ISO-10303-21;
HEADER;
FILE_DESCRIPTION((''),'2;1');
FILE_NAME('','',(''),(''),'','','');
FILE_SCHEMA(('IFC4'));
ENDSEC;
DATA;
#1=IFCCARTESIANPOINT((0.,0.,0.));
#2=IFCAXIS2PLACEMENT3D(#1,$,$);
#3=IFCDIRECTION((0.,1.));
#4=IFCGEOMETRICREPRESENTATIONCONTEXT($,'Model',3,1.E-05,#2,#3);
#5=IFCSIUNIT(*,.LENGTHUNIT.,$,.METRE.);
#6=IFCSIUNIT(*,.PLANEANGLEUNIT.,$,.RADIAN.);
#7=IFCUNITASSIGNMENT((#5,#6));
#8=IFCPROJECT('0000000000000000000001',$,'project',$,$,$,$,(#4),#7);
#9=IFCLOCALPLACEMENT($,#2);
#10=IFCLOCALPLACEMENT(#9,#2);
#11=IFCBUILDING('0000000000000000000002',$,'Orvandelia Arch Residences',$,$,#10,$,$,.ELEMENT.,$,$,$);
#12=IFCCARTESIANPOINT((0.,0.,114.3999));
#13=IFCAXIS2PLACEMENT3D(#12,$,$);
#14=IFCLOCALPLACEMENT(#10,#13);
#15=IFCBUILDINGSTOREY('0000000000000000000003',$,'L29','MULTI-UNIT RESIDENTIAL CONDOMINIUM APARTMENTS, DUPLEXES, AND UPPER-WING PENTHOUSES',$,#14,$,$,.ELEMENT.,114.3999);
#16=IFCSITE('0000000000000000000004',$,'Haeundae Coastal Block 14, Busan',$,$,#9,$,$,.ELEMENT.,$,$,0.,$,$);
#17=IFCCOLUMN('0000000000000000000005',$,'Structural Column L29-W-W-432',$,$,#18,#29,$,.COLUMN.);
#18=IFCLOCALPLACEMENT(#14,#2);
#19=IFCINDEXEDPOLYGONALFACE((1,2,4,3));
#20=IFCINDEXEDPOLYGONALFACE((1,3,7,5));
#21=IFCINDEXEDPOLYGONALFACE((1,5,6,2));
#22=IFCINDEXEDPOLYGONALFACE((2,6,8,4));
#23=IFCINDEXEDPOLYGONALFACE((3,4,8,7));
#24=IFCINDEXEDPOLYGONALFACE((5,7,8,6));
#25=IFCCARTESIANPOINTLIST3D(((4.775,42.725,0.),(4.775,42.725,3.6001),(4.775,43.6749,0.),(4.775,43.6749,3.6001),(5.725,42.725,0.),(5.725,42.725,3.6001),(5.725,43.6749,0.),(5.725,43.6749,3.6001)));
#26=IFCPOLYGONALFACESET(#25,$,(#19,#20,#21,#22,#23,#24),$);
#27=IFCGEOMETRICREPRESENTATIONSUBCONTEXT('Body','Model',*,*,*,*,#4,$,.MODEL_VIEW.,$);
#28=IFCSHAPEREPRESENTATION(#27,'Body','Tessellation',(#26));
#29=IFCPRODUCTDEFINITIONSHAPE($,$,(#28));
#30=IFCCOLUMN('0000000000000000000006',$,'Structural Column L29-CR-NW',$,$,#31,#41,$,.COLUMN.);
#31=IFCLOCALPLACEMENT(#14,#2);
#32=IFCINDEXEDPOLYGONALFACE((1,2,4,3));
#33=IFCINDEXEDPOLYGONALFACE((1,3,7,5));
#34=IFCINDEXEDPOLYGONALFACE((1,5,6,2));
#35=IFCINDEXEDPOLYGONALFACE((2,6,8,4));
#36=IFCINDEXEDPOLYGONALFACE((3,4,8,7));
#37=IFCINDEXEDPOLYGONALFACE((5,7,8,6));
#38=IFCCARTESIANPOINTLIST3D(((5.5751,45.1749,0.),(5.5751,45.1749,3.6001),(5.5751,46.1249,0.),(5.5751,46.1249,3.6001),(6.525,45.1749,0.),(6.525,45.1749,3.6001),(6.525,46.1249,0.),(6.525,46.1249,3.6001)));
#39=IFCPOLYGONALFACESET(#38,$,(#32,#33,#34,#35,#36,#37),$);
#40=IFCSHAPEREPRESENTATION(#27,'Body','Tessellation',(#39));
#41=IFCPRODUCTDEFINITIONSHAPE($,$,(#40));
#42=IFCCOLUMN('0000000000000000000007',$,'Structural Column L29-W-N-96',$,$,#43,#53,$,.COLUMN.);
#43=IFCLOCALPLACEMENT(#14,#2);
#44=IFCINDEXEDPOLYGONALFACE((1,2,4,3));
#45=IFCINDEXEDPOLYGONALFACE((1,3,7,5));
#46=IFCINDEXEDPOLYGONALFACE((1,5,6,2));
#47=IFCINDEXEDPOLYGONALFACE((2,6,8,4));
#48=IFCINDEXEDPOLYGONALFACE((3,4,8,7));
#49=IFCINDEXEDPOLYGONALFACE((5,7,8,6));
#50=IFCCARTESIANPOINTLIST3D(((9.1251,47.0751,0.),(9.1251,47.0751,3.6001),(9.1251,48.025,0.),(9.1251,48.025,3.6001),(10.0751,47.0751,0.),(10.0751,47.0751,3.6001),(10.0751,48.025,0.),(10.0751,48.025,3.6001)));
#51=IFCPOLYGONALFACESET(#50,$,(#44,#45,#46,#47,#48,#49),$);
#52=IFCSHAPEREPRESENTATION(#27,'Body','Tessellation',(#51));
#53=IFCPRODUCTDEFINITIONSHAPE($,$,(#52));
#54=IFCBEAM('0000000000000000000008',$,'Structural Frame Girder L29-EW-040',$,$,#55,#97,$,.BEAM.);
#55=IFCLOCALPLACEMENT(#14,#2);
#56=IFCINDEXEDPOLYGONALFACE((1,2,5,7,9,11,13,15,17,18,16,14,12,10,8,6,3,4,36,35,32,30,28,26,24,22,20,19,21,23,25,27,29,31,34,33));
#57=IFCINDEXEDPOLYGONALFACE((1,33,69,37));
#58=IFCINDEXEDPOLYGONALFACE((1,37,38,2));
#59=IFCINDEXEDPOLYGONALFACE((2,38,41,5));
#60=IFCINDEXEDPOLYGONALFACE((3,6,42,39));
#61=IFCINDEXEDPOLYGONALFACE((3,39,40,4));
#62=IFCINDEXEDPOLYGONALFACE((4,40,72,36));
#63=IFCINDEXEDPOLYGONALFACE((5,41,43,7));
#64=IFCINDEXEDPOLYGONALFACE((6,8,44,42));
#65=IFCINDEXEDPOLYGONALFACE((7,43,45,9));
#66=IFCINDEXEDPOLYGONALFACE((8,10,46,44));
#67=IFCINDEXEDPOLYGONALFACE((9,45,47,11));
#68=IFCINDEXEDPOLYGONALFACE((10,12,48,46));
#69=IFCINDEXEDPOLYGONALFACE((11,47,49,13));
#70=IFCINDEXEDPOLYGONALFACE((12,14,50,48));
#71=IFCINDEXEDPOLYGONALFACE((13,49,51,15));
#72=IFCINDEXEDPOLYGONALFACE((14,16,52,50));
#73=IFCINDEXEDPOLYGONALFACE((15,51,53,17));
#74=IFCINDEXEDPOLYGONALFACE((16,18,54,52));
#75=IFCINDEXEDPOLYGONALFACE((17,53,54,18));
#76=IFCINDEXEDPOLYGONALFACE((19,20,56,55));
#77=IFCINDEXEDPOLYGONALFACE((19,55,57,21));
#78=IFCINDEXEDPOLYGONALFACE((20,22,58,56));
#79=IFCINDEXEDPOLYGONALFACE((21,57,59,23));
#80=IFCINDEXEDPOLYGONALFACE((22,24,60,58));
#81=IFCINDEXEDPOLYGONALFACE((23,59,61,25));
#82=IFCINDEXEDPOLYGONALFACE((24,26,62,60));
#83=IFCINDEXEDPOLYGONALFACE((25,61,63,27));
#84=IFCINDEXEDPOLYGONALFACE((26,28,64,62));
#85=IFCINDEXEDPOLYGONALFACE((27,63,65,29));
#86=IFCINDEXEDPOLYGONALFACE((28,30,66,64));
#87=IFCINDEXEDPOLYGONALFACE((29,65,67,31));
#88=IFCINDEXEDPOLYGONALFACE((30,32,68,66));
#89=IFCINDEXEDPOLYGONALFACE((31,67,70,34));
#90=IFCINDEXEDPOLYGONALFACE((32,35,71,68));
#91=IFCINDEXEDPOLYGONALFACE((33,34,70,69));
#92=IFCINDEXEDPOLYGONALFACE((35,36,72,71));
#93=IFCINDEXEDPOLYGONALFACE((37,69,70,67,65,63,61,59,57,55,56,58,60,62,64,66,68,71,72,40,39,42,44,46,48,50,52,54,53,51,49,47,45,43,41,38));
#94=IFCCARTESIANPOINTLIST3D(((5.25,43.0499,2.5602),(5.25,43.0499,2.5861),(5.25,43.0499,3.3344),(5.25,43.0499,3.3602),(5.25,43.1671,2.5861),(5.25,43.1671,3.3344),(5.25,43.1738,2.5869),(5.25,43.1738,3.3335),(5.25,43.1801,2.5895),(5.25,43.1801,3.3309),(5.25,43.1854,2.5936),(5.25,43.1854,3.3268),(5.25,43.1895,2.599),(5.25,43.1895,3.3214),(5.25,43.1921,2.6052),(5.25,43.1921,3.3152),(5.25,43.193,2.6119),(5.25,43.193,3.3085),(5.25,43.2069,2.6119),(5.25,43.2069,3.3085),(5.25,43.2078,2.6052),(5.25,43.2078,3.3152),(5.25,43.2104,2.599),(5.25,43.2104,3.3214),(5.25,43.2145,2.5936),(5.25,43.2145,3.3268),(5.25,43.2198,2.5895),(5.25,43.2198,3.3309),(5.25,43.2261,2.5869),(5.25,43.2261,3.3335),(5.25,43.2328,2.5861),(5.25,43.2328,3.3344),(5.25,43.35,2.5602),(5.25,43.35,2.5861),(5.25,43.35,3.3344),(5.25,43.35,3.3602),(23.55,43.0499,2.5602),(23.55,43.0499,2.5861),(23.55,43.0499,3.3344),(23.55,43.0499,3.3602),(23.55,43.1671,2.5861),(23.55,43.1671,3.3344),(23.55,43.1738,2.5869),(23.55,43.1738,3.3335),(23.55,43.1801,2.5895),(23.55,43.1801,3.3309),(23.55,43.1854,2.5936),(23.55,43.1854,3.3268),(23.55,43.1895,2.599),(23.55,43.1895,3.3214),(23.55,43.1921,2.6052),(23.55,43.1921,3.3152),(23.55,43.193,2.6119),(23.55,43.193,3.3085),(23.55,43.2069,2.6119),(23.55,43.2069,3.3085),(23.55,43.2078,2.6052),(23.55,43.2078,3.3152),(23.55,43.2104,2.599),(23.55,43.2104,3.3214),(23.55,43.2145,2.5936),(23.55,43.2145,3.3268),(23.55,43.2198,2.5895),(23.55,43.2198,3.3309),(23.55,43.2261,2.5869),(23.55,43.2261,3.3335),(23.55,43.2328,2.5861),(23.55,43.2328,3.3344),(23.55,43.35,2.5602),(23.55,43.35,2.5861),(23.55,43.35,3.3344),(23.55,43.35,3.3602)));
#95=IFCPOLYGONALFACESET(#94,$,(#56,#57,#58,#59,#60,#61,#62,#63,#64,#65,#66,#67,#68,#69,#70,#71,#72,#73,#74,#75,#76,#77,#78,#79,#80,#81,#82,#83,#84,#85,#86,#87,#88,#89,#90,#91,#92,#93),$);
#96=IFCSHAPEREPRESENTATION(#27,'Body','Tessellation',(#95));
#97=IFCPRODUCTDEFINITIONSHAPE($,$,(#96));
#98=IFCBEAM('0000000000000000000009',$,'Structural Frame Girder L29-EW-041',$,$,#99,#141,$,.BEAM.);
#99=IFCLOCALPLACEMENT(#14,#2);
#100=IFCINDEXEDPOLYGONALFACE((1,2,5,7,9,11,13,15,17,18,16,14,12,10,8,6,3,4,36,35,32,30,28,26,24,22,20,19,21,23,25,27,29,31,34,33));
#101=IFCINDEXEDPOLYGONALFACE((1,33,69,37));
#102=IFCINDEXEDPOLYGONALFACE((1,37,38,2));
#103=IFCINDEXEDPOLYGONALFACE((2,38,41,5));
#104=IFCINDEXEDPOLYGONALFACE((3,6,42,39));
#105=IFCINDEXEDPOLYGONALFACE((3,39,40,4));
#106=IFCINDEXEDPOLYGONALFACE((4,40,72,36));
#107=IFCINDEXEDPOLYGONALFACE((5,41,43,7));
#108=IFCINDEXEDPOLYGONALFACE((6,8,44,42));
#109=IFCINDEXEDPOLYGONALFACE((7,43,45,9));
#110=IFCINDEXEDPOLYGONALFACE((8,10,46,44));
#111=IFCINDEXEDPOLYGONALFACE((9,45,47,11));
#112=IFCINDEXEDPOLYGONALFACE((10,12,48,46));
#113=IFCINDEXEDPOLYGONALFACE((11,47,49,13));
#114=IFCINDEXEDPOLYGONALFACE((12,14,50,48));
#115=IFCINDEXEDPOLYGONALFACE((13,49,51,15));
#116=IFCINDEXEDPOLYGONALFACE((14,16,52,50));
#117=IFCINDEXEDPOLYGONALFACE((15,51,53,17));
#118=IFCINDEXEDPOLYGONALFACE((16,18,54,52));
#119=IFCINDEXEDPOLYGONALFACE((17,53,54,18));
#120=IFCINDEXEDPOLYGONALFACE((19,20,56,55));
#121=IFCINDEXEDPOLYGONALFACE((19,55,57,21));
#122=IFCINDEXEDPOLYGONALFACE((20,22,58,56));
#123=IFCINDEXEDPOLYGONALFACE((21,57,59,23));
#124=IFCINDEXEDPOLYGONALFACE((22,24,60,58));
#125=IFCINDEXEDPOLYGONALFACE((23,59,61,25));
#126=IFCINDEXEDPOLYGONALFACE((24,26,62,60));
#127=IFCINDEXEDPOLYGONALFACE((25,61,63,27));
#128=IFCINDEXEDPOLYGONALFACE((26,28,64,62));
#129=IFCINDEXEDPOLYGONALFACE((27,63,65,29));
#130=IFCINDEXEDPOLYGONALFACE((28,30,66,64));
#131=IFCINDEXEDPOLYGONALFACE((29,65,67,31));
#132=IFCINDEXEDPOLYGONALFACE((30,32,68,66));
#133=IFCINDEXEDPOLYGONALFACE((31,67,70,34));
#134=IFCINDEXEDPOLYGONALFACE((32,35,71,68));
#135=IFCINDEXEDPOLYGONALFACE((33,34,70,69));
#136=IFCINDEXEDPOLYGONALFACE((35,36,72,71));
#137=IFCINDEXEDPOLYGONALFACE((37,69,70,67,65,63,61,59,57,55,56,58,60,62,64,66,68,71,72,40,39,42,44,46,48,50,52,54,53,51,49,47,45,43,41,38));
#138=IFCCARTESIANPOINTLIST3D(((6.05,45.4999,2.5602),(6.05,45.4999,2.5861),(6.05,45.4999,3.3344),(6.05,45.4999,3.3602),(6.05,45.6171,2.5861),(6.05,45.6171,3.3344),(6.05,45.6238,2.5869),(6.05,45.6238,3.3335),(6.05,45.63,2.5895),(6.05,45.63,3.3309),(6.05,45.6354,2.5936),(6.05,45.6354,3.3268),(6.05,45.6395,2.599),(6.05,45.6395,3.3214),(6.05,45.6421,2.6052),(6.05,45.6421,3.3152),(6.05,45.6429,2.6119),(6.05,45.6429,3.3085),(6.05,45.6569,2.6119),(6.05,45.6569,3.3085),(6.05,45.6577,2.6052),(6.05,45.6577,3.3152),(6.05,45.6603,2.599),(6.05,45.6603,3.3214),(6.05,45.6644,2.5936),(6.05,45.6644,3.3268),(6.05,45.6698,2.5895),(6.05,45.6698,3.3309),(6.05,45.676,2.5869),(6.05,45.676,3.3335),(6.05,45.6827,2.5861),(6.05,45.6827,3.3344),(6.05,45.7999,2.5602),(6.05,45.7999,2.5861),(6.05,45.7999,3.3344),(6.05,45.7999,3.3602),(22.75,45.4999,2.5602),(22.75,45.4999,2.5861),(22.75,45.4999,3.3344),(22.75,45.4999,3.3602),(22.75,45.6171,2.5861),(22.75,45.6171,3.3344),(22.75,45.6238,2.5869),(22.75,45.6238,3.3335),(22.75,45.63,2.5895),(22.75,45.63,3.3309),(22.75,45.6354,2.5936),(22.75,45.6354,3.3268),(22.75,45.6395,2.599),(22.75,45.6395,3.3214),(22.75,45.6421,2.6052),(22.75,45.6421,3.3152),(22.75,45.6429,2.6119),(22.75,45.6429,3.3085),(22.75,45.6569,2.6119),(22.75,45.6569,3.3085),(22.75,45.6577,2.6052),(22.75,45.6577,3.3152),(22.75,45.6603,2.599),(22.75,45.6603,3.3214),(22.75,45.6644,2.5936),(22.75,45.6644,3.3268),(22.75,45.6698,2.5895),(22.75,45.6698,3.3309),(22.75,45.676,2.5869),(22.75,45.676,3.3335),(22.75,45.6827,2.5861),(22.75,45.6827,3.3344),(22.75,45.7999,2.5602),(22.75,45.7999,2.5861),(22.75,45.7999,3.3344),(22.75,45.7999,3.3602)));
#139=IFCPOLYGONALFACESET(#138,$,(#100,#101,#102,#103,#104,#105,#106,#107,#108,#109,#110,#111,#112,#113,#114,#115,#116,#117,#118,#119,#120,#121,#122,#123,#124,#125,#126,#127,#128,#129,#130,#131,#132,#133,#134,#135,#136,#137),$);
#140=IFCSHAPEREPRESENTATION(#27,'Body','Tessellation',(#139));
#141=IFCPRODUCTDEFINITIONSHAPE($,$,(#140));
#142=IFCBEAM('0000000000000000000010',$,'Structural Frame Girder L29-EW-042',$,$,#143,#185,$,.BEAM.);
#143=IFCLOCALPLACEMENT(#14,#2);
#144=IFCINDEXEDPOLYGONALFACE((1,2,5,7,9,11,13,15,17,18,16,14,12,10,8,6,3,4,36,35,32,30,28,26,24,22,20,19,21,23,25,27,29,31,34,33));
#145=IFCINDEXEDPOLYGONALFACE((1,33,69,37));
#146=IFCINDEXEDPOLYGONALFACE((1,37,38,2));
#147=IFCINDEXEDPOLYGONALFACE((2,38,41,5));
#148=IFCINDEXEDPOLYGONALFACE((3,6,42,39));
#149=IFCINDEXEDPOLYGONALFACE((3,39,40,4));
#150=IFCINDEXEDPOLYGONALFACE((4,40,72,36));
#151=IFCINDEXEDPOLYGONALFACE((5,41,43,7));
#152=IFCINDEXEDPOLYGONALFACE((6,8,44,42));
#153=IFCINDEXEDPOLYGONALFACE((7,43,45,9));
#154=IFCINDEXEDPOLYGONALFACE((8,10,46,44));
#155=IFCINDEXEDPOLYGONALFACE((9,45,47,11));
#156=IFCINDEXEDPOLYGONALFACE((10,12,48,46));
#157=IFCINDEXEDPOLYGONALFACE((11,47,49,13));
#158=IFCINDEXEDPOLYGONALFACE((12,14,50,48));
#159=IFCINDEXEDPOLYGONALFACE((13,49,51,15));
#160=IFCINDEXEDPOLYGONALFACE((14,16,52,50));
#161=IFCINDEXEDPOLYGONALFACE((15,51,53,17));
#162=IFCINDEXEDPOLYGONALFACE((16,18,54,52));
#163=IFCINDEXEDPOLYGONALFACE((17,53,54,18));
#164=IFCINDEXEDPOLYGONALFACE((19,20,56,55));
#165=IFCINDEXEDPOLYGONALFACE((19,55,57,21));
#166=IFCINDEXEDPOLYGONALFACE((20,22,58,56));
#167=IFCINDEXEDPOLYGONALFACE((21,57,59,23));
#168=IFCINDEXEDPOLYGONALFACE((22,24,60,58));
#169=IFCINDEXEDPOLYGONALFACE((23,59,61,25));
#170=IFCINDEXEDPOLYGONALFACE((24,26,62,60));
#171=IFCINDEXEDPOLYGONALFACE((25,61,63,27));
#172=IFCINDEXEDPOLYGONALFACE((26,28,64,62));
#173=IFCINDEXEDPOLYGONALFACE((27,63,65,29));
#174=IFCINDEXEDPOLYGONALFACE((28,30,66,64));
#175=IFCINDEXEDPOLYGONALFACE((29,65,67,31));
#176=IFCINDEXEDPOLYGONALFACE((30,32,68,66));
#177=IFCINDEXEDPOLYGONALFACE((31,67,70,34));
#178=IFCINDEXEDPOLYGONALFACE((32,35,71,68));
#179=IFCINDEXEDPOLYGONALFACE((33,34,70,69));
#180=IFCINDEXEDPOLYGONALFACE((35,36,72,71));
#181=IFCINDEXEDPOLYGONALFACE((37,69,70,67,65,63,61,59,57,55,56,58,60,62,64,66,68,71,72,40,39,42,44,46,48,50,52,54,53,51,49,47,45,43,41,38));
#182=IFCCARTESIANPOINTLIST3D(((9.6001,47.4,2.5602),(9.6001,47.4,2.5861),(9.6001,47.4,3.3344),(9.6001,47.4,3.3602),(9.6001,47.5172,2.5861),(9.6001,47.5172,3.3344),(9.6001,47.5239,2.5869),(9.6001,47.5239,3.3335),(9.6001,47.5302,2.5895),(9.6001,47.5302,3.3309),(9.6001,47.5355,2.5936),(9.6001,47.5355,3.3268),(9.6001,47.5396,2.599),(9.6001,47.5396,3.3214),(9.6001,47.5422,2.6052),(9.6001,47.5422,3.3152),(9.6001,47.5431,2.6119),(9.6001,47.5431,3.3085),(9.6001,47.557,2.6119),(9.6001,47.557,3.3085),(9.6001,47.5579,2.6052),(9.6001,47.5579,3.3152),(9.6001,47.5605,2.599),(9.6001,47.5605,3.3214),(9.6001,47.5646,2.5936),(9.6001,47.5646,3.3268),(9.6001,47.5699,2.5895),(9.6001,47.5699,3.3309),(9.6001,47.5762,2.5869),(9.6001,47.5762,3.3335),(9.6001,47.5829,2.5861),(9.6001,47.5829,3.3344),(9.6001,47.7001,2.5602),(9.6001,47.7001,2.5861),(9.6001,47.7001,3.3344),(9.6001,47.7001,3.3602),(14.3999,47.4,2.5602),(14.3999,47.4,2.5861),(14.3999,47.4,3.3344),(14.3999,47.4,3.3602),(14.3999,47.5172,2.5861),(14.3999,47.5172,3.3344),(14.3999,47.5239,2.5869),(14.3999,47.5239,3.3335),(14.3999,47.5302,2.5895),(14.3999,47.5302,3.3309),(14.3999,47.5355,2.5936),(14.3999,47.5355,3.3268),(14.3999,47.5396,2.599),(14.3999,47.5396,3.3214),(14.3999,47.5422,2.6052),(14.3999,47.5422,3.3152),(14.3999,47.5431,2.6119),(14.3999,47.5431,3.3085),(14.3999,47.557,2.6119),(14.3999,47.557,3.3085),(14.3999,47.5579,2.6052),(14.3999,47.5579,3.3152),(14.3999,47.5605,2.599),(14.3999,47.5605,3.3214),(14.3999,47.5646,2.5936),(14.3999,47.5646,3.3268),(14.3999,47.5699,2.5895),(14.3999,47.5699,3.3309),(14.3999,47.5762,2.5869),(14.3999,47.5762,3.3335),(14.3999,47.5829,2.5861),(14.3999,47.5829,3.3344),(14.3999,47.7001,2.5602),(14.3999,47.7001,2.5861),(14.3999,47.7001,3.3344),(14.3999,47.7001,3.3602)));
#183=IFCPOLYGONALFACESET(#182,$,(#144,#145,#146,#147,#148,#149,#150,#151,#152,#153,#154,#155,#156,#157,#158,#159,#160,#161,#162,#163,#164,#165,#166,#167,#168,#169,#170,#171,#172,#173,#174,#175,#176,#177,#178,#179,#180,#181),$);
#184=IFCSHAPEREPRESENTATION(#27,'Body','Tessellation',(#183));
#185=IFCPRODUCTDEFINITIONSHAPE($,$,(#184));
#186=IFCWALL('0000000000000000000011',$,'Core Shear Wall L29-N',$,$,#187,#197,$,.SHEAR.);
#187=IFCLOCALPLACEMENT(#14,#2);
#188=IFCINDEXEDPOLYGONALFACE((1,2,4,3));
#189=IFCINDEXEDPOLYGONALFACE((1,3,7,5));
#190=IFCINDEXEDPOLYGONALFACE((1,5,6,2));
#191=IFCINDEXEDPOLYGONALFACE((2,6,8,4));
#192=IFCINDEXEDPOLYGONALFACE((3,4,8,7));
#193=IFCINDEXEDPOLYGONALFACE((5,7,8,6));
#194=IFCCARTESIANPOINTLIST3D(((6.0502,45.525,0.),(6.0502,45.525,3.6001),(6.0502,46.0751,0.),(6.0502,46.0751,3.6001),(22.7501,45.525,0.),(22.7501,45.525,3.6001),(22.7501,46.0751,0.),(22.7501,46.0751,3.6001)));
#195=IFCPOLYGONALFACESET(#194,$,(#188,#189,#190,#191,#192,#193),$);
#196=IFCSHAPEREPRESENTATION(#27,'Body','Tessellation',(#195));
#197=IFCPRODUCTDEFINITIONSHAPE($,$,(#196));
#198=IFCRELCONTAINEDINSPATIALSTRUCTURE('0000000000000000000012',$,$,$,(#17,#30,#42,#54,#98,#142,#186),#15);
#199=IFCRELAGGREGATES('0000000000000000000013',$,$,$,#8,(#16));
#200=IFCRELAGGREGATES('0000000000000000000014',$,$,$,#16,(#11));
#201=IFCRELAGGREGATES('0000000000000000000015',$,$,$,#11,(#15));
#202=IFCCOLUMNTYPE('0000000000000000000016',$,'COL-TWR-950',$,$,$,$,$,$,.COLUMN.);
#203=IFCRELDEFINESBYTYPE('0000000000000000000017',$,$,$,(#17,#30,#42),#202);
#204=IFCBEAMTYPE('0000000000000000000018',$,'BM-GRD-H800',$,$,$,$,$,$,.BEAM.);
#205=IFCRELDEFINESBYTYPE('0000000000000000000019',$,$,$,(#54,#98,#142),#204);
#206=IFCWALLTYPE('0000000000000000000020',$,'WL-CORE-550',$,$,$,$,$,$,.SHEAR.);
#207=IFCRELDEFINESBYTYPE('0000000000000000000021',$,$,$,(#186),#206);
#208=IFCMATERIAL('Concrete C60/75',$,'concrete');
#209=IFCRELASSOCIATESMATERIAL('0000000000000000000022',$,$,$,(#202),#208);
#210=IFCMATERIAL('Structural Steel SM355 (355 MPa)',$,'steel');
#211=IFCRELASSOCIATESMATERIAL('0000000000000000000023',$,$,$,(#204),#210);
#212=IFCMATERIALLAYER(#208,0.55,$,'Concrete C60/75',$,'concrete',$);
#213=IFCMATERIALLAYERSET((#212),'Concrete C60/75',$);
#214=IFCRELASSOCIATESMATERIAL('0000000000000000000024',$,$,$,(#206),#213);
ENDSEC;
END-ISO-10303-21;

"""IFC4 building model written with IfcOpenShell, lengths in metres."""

from ifc_helpers import new_model, si_unit, direction, frame, frame_2d, origin, origin_2d, place, context, subcontext, project, spatial, rectangle, i_section, extrude, material, layer, layer_set, material_profile, profile_set, type_object, element, save


model = new_model("IFC4")

# Units and contexts
model_context = context("Model", 3, precision=1e-05, world=origin(), true_north=direction((0.0, 1.0)))
body_context = subcontext(model_context, "Body", "Model", "MODEL_VIEW")
ifc_project = project(units=[si_unit("LENGTHUNIT", "METRE"), si_unit("PLANEANGLEUNIT", "RADIAN")], contexts=[model_context])

# Site, building, storey
site_placement = place(None, origin())
site = spatial("IfcSite", under=ifc_project, at=site_placement, Name="Haeundae Coastal Block 14, Busan", CompositionType="ELEMENT", RefElevation=0.0)
building_placement = place(site_placement, origin())
building = spatial("IfcBuilding", under=site, at=building_placement, Name="Orvandelia Arch Residences", CompositionType="ELEMENT")
storey_placement = place(building_placement, frame((0.0, 0.0, 114.3999)))
storey = spatial("IfcBuildingStorey", under=building, at=storey_placement, Name="L29", Description="MULTI-UNIT RESIDENTIAL CONDOMINIUM APARTMENTS, DUPLEXES, AND UPPER-WING PENTHOUSES", CompositionType="ELEMENT", Elevation=114.3999)

# Columns
ifc_material_1 = material(Name="Concrete C60/75", Category="concrete")
ifc_material_profile_1 = material_profile(ifc_material_1, rectangle(XDim=0.95, YDim=0.95, at=origin_2d()), Name="Concrete C60/75", Category="concrete")
ifc_profile_set_1 = profile_set([ifc_material_profile_1], Name="Concrete C60/75")
column_type = type_object("IfcColumnType", Name="COL-TWR-950", PredefinedType="COLUMN", material=ifc_profile_set_1)
for number, where, z_axis, x_axis, name in (
    (1, (5.25, 43.2, 0.0), (0.0, 0.0, 1.0), (1.0, 0.0, 0.0), "Structural Column L29-W-W-432"),
    (2, (6.05, 45.6499, 0.0), (0.0, 0.0, 1.0), (1.0, 0.0, 0.0), "Structural Column L29-CR-NW"),
    (3, (9.6001, 47.55, 0.0), (0.0, 0.0, 1.0), (1.0, 0.0, 0.0), "Structural Column L29-W-N-96"),
):
    element("IfcColumn", number, at=place(storey_placement, frame(where, z_axis=z_axis, x_axis=x_axis)), inside=storey, type_object=column_type, Name=name, PredefinedType="COLUMN", context=body_context, shape_type="SweptSolid", body=[
        extrude(rectangle(XDim=0.95, YDim=0.95, at=origin_2d()), origin(), (0.0, 0.0, 1.0), 3.6001),
    ])

# Beams
ifc_material_2 = material(Name="Structural Steel SM355 (355 MPa)", Category="steel")
ifc_material_profile_2 = material_profile(ifc_material_2, i_section(OverallWidth=0.3, OverallDepth=0.8, WebThickness=0.0139, FlangeThickness=0.0259, FilletRadius=0.0259, at=origin_2d()), Name="Structural Steel SM355 (355 MPa)", Category="steel")
ifc_profile_set_2 = profile_set([ifc_material_profile_2], Name="Structural Steel SM355 (355 MPa)")
beam_type = type_object("IfcBeamType", Name="BM-GRD-H800", PredefinedType="BEAM", material=ifc_profile_set_2)
beam_1_placement = place(storey_placement, frame((5.25, 43.2, 2.9602), z_axis=(1.0, 0.0, 0.0), x_axis=(0.0, 1.0, 0.0)))
element("IfcBeam", 4, at=beam_1_placement, inside=storey, type_object=beam_type, Name="Structural Frame Girder L29-EW-040", PredefinedType="BEAM", context=body_context, shape_type="SweptSolid", body=[
    extrude(i_section(OverallWidth=0.3, OverallDepth=0.8, WebThickness=0.0139, FlangeThickness=0.0259, FilletRadius=0.0259, at=origin_2d()), origin(), (0.0, 0.0, 1.0), 18.3),
])
beam_2_placement = place(storey_placement, frame((6.05, 45.6499, 2.9602), z_axis=(1.0, 0.0, 0.0), x_axis=(0.0, 1.0, 0.0)))
element("IfcBeam", 5, at=beam_2_placement, inside=storey, type_object=beam_type, Name="Structural Frame Girder L29-EW-041", PredefinedType="BEAM", context=body_context, shape_type="SweptSolid", body=[
    extrude(i_section(OverallWidth=0.3, OverallDepth=0.8, WebThickness=0.0139, FlangeThickness=0.0259, FilletRadius=0.0259, at=origin_2d()), origin(), (0.0, 0.0, 1.0), 16.7),
])
beam_3_placement = place(storey_placement, frame((9.6001, 47.55, 2.9602), z_axis=(1.0, 0.0, 0.0), x_axis=(0.0, 1.0, 0.0)))
element("IfcBeam", 6, at=beam_3_placement, inside=storey, type_object=beam_type, Name="Structural Frame Girder L29-EW-042", PredefinedType="BEAM", context=body_context, shape_type="SweptSolid", body=[
    extrude(i_section(OverallWidth=0.3, OverallDepth=0.8, WebThickness=0.0139, FlangeThickness=0.0259, FilletRadius=0.0259, at=origin_2d()), origin(), (0.0, 0.0, 1.0), 4.7998),
])

# Wall
ifc_layer_1 = layer(ifc_material_1, 0.55, Name="Concrete C60/75", Category="concrete")
ifc_layer_set_1 = layer_set([ifc_layer_1], Name="Concrete C60/75")
wall_type_1 = type_object("IfcWallType", Name="WL-CORE-550", PredefinedType="SHEAR", material=ifc_layer_set_1)
wall_1_placement = place(storey_placement, frame((6.05, 45.8, 0.0), z_axis=(0.0, 0.0, 1.0), x_axis=(1.0, 0.0, 0.0)))
element("IfcWall", 7, at=wall_1_placement, inside=storey, type_object=wall_type_1, Name="Core Shear Wall L29-N", PredefinedType="SHEAR", context=body_context, shape_type="SweptSolid", body=[
    extrude(rectangle(XDim=16.7, YDim=0.55, at=frame_2d((8.3501, 0.0))), origin(), (0.0, 0.0, 1.0), 3.6001),
])

save(model, "model.ifc")
